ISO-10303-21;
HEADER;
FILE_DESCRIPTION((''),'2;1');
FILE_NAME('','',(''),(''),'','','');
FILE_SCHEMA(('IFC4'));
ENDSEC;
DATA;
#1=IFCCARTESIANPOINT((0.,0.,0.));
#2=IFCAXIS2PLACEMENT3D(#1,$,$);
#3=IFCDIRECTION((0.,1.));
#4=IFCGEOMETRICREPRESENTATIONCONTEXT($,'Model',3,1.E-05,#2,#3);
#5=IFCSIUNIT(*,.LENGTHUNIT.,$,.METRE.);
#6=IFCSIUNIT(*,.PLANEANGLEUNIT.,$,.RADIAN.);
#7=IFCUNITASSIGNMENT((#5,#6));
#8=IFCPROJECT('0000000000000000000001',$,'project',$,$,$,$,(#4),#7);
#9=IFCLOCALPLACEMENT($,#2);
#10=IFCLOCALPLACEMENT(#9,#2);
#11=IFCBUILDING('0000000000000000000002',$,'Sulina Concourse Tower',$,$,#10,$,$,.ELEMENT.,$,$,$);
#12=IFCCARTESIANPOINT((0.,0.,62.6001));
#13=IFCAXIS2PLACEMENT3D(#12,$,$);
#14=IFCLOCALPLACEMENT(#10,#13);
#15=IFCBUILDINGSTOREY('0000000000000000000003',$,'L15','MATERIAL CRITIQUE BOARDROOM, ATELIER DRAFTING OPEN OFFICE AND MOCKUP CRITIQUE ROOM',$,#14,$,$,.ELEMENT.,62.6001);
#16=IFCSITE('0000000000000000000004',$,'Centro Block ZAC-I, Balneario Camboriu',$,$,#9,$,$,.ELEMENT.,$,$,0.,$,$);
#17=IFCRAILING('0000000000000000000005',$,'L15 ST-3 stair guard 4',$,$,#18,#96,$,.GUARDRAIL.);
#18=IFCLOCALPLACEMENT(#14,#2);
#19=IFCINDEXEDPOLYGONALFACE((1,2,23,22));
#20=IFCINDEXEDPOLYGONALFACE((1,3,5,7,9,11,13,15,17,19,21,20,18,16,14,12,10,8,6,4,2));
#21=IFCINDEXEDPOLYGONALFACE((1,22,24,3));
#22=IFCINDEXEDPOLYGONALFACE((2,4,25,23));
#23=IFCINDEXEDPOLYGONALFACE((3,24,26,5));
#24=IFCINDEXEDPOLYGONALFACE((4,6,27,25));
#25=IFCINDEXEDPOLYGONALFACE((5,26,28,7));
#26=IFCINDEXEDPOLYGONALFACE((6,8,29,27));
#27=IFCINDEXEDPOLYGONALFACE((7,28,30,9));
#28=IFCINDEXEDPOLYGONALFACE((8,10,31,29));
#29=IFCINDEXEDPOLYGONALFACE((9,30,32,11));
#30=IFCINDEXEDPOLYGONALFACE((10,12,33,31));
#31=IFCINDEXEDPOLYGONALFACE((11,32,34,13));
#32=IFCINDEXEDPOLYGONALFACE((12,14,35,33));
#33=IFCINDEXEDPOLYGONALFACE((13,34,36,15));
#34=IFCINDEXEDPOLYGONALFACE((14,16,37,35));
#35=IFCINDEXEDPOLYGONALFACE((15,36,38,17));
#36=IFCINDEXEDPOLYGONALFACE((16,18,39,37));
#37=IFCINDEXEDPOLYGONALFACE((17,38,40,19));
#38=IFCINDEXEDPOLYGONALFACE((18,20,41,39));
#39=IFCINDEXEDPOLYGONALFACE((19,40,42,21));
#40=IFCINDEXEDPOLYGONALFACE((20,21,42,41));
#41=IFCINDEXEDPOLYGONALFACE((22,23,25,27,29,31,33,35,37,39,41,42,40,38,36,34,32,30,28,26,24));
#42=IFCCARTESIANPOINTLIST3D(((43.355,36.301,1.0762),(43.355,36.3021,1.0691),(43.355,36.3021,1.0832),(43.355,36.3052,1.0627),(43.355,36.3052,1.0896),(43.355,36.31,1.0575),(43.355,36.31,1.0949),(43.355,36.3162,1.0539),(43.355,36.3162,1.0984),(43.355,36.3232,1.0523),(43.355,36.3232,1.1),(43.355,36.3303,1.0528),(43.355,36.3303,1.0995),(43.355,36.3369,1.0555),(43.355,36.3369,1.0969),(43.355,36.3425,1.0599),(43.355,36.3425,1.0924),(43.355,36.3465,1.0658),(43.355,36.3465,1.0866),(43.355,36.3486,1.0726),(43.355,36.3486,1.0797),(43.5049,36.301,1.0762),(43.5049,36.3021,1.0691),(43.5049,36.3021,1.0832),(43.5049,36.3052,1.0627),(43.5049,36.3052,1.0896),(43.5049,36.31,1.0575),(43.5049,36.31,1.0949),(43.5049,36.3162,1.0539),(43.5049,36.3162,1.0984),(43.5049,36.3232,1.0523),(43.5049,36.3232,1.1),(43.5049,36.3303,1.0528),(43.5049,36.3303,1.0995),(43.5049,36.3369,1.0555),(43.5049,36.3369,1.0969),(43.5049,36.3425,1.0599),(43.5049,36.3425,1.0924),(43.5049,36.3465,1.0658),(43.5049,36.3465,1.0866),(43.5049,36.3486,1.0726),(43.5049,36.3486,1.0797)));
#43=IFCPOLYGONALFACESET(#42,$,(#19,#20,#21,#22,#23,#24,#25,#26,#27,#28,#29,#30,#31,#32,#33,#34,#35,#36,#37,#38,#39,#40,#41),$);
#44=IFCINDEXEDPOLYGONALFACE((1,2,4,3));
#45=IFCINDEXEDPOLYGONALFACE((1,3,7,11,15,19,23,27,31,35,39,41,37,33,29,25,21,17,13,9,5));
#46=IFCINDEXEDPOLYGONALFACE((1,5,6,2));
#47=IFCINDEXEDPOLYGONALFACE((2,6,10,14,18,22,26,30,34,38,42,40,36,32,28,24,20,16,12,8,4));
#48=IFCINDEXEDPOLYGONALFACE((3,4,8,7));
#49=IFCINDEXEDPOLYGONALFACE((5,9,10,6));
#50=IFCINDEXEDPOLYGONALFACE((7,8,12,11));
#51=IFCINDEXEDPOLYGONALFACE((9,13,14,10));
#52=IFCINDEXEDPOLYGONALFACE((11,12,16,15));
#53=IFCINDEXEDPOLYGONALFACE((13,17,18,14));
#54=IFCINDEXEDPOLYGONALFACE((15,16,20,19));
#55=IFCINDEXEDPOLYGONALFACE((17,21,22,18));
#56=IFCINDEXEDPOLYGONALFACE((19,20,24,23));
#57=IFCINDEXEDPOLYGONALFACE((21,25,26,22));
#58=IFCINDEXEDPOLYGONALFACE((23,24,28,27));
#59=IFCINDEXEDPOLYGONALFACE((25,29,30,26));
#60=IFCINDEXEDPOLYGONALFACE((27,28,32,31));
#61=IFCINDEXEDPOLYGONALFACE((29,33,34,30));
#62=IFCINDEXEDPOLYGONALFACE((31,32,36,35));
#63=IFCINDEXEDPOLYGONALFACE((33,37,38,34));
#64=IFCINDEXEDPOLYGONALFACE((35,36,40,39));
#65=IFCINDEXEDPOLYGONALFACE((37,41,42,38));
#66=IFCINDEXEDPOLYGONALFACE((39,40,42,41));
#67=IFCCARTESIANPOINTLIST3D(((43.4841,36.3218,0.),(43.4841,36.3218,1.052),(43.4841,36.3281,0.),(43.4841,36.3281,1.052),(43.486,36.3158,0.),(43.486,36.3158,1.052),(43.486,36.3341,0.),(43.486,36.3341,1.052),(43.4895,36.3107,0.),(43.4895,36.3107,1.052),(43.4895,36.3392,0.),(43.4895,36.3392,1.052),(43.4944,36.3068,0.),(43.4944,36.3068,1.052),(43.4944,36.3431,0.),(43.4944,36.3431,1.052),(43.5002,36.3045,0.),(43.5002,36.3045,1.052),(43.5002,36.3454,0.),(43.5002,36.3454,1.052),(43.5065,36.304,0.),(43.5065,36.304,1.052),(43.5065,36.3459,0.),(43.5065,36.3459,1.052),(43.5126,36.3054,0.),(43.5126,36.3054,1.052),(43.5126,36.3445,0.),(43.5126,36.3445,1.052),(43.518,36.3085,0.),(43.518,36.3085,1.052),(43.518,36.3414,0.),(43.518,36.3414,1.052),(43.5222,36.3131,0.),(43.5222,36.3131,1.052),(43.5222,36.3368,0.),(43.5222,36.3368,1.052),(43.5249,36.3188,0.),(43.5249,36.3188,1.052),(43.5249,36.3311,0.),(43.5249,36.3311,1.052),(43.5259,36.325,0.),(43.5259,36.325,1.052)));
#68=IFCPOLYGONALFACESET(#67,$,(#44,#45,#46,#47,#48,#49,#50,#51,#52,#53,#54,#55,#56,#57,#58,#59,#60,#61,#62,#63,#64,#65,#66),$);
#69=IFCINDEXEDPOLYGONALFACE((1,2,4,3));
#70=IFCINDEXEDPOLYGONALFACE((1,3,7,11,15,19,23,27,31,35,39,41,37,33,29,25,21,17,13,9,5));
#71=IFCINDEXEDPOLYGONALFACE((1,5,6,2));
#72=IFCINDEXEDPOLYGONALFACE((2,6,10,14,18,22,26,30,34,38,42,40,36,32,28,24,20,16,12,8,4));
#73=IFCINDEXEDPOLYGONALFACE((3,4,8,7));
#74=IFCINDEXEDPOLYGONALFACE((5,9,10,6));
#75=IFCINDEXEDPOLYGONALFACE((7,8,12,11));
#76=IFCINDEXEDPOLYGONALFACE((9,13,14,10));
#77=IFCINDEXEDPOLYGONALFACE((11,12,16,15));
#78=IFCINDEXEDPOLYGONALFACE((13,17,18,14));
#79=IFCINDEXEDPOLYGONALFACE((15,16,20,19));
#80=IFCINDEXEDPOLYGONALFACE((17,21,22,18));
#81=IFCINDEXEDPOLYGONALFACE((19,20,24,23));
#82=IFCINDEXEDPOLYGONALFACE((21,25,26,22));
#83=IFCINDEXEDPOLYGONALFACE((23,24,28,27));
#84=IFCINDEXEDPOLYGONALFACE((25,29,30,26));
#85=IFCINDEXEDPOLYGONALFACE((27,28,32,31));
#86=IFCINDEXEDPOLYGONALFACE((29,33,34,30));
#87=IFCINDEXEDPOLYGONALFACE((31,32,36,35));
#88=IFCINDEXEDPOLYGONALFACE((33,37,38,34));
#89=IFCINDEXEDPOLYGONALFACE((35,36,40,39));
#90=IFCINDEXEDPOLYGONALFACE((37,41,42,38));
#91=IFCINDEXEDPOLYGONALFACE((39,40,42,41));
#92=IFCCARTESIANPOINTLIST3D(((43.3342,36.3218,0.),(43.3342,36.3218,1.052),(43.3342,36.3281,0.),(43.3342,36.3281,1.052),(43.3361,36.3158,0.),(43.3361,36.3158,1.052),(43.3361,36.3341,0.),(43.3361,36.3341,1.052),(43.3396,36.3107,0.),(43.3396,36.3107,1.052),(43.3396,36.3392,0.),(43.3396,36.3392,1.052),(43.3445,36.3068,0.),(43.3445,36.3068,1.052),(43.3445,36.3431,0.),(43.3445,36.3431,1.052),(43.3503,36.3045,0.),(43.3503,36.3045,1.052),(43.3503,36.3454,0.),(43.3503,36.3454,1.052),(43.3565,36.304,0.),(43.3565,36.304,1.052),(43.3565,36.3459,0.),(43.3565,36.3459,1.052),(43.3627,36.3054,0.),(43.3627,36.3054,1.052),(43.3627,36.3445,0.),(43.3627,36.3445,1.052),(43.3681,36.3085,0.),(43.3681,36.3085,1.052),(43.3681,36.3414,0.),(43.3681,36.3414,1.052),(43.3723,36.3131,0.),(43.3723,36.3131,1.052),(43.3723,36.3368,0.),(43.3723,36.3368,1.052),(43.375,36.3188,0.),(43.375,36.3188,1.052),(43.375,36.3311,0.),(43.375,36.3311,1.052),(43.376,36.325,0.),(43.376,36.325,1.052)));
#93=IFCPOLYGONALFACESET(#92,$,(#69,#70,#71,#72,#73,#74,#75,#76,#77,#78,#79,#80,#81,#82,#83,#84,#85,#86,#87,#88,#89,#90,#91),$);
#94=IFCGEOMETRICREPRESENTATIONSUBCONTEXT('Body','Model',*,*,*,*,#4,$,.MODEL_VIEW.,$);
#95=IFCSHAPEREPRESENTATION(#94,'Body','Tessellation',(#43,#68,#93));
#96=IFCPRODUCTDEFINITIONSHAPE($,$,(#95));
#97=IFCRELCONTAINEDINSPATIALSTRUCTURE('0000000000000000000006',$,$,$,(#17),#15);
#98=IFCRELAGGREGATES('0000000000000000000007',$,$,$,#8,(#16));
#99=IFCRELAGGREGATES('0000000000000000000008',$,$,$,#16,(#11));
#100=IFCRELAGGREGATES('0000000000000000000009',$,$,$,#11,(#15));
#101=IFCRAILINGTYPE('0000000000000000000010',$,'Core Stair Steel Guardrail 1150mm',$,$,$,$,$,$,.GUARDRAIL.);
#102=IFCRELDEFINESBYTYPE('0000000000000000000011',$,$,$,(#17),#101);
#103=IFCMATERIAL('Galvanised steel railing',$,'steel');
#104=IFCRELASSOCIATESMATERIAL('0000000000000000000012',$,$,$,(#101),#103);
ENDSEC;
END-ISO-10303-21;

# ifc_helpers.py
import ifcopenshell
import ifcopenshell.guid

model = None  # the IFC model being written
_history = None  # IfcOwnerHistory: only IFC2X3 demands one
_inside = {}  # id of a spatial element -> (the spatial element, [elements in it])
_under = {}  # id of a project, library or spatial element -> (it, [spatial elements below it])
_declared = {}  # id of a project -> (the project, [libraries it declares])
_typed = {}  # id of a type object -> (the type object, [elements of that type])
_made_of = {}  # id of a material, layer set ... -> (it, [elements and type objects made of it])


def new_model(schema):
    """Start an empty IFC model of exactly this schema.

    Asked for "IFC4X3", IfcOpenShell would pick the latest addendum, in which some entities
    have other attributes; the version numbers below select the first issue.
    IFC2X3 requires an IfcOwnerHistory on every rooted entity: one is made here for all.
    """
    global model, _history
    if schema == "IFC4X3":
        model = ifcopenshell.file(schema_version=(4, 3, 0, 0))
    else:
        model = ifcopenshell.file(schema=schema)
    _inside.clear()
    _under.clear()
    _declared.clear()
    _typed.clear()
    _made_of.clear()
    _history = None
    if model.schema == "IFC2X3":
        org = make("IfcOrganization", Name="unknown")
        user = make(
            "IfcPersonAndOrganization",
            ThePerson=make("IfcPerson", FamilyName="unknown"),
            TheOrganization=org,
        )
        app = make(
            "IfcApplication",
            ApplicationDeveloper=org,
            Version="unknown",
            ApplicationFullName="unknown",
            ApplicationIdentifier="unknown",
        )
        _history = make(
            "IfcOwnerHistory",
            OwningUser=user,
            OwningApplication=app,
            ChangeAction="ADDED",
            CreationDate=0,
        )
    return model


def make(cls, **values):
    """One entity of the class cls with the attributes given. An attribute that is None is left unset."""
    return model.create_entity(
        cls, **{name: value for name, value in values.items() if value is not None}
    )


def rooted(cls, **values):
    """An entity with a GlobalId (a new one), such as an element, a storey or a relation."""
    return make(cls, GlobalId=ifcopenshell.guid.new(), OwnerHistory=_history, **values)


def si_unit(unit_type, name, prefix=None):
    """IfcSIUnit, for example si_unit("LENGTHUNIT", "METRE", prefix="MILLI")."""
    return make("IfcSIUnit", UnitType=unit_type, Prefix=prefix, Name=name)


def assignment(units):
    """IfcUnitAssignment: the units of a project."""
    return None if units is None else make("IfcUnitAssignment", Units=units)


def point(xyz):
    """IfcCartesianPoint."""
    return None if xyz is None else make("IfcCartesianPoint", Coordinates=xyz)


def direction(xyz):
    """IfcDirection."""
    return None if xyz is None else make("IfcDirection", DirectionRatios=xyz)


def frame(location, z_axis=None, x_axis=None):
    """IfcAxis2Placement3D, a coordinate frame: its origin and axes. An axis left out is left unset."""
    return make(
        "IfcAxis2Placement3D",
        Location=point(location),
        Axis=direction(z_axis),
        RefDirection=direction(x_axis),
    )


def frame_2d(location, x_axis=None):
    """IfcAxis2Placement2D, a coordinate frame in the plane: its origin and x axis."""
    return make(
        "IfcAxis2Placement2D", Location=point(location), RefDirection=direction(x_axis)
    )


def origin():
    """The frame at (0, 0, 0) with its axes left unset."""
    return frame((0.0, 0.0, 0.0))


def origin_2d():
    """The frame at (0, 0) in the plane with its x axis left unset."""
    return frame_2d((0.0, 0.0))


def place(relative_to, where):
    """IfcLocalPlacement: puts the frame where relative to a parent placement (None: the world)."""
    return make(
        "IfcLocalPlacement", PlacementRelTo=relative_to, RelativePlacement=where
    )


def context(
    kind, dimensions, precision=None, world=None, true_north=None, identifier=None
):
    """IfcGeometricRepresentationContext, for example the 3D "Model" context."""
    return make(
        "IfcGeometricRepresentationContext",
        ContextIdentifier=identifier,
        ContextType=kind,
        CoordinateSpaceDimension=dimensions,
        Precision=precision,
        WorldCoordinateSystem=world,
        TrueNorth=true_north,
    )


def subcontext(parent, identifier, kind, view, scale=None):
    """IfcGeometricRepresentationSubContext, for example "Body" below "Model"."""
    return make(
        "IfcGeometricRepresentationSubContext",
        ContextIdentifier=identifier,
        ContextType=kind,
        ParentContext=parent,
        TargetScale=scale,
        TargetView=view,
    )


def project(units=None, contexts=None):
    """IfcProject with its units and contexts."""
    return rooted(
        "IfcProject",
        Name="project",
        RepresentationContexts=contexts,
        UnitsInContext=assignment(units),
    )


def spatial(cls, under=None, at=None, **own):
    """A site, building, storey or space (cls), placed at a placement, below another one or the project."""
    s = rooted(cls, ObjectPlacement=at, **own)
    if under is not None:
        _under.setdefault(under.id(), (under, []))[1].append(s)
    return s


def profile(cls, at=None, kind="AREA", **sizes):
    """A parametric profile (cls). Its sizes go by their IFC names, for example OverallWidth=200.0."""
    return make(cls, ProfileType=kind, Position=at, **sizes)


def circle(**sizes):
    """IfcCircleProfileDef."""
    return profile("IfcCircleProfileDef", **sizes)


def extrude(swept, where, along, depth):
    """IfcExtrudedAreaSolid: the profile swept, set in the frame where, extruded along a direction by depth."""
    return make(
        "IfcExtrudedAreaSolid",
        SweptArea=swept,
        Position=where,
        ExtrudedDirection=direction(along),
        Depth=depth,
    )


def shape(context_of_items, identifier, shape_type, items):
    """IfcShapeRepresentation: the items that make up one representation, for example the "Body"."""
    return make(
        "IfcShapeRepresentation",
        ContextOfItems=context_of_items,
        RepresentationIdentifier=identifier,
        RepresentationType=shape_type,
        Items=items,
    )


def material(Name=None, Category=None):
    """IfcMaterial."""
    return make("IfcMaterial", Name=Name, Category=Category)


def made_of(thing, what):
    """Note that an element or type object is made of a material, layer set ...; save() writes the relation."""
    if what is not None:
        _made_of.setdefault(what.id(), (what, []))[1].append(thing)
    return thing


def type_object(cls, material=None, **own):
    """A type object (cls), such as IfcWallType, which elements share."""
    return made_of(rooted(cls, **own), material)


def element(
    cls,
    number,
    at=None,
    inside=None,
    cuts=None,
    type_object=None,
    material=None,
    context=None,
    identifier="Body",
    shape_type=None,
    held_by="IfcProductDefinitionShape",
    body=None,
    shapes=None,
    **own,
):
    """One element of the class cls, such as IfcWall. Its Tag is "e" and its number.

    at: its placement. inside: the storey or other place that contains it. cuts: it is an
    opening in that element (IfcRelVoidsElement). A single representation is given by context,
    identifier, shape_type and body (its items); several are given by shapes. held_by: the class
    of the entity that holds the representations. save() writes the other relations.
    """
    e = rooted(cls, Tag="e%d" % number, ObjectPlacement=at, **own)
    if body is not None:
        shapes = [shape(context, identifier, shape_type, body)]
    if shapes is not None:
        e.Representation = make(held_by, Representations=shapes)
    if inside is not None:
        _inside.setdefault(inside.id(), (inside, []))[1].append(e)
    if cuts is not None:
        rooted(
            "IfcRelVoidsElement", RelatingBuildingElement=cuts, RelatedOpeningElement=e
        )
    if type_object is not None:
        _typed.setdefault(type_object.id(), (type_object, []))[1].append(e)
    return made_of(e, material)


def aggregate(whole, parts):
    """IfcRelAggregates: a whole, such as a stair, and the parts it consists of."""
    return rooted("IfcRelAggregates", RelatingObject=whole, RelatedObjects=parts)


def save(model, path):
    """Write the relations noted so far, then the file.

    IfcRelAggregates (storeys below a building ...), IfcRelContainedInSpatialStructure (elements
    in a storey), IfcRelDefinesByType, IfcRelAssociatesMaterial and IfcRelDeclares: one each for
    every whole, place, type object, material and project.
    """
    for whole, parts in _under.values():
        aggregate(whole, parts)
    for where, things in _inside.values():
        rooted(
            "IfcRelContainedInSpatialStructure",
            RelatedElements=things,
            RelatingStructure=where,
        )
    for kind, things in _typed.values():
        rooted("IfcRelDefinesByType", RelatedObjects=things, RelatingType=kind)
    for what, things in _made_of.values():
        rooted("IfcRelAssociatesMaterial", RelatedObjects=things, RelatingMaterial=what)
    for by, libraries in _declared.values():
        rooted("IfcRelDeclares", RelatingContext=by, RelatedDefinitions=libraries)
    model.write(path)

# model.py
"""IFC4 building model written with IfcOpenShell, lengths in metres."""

from ifc_helpers import new_model, si_unit, direction, frame, origin, origin_2d, place, context, subcontext, project, spatial, circle, extrude, material, type_object, element, save


model = new_model("IFC4")

# Units and contexts
model_context = context("Model", 3, precision=1e-05, world=origin(), true_north=direction((0.0, 1.0)))
body_context = subcontext(model_context, "Body", "Model", "MODEL_VIEW")
ifc_project = project(units=[si_unit("LENGTHUNIT", "METRE"), si_unit("PLANEANGLEUNIT", "RADIAN")], contexts=[model_context])

# Site, building, storey
site_placement = place(None, origin())
site = spatial("IfcSite", under=ifc_project, at=site_placement, Name="Centro Block ZAC-I, Balneario Camboriu", CompositionType="ELEMENT", RefElevation=0.0)
building_placement = place(site_placement, origin())
building = spatial("IfcBuilding", under=site, at=building_placement, Name="Sulina Concourse Tower", CompositionType="ELEMENT")
storey_placement = place(building_placement, frame((0.0, 0.0, 62.6001)))
storey = spatial("IfcBuildingStorey", under=building, at=storey_placement, Name="L15", Description="MATERIAL CRITIQUE BOARDROOM, ATELIER DRAFTING OPEN OFFICE AND MOCKUP CRITIQUE ROOM", CompositionType="ELEMENT", Elevation=62.6001)

# Railing
ifc_material_1 = material(Name="Galvanised steel railing", Category="steel")
railing_type = type_object("IfcRailingType", Name="Core Stair Steel Guardrail 1150mm", PredefinedType="GUARDRAIL", material=ifc_material_1)
railing_1_placement = place(storey_placement, frame((43.5049, 36.325, 0.0)))
element("IfcRailing", 1, at=railing_1_placement, inside=storey, type_object=railing_type, Name="L15 ST-3 stair guard 4", PredefinedType="GUARDRAIL", context=body_context, shape_type="SweptSolid", body=[
    extrude(circle(Radius=0.0239, at=origin_2d()), frame((0.0, 0.0, 1.0762), z_axis=(-1.0, 0.0, 0.0), x_axis=(0.0, -1.0, 0.0)), (0.0, 0.0, 1.0), 0.1499),
    extrude(circle(Radius=0.021, at=origin_2d()), origin(), (0.0, 0.0, 1.0), 1.052),
    extrude(circle(Radius=0.021, at=origin_2d()), frame((-0.1499, 0.0, 0.0)), (0.0, 0.0, 1.0), 1.052),
])

save(model, "model.ifc")
